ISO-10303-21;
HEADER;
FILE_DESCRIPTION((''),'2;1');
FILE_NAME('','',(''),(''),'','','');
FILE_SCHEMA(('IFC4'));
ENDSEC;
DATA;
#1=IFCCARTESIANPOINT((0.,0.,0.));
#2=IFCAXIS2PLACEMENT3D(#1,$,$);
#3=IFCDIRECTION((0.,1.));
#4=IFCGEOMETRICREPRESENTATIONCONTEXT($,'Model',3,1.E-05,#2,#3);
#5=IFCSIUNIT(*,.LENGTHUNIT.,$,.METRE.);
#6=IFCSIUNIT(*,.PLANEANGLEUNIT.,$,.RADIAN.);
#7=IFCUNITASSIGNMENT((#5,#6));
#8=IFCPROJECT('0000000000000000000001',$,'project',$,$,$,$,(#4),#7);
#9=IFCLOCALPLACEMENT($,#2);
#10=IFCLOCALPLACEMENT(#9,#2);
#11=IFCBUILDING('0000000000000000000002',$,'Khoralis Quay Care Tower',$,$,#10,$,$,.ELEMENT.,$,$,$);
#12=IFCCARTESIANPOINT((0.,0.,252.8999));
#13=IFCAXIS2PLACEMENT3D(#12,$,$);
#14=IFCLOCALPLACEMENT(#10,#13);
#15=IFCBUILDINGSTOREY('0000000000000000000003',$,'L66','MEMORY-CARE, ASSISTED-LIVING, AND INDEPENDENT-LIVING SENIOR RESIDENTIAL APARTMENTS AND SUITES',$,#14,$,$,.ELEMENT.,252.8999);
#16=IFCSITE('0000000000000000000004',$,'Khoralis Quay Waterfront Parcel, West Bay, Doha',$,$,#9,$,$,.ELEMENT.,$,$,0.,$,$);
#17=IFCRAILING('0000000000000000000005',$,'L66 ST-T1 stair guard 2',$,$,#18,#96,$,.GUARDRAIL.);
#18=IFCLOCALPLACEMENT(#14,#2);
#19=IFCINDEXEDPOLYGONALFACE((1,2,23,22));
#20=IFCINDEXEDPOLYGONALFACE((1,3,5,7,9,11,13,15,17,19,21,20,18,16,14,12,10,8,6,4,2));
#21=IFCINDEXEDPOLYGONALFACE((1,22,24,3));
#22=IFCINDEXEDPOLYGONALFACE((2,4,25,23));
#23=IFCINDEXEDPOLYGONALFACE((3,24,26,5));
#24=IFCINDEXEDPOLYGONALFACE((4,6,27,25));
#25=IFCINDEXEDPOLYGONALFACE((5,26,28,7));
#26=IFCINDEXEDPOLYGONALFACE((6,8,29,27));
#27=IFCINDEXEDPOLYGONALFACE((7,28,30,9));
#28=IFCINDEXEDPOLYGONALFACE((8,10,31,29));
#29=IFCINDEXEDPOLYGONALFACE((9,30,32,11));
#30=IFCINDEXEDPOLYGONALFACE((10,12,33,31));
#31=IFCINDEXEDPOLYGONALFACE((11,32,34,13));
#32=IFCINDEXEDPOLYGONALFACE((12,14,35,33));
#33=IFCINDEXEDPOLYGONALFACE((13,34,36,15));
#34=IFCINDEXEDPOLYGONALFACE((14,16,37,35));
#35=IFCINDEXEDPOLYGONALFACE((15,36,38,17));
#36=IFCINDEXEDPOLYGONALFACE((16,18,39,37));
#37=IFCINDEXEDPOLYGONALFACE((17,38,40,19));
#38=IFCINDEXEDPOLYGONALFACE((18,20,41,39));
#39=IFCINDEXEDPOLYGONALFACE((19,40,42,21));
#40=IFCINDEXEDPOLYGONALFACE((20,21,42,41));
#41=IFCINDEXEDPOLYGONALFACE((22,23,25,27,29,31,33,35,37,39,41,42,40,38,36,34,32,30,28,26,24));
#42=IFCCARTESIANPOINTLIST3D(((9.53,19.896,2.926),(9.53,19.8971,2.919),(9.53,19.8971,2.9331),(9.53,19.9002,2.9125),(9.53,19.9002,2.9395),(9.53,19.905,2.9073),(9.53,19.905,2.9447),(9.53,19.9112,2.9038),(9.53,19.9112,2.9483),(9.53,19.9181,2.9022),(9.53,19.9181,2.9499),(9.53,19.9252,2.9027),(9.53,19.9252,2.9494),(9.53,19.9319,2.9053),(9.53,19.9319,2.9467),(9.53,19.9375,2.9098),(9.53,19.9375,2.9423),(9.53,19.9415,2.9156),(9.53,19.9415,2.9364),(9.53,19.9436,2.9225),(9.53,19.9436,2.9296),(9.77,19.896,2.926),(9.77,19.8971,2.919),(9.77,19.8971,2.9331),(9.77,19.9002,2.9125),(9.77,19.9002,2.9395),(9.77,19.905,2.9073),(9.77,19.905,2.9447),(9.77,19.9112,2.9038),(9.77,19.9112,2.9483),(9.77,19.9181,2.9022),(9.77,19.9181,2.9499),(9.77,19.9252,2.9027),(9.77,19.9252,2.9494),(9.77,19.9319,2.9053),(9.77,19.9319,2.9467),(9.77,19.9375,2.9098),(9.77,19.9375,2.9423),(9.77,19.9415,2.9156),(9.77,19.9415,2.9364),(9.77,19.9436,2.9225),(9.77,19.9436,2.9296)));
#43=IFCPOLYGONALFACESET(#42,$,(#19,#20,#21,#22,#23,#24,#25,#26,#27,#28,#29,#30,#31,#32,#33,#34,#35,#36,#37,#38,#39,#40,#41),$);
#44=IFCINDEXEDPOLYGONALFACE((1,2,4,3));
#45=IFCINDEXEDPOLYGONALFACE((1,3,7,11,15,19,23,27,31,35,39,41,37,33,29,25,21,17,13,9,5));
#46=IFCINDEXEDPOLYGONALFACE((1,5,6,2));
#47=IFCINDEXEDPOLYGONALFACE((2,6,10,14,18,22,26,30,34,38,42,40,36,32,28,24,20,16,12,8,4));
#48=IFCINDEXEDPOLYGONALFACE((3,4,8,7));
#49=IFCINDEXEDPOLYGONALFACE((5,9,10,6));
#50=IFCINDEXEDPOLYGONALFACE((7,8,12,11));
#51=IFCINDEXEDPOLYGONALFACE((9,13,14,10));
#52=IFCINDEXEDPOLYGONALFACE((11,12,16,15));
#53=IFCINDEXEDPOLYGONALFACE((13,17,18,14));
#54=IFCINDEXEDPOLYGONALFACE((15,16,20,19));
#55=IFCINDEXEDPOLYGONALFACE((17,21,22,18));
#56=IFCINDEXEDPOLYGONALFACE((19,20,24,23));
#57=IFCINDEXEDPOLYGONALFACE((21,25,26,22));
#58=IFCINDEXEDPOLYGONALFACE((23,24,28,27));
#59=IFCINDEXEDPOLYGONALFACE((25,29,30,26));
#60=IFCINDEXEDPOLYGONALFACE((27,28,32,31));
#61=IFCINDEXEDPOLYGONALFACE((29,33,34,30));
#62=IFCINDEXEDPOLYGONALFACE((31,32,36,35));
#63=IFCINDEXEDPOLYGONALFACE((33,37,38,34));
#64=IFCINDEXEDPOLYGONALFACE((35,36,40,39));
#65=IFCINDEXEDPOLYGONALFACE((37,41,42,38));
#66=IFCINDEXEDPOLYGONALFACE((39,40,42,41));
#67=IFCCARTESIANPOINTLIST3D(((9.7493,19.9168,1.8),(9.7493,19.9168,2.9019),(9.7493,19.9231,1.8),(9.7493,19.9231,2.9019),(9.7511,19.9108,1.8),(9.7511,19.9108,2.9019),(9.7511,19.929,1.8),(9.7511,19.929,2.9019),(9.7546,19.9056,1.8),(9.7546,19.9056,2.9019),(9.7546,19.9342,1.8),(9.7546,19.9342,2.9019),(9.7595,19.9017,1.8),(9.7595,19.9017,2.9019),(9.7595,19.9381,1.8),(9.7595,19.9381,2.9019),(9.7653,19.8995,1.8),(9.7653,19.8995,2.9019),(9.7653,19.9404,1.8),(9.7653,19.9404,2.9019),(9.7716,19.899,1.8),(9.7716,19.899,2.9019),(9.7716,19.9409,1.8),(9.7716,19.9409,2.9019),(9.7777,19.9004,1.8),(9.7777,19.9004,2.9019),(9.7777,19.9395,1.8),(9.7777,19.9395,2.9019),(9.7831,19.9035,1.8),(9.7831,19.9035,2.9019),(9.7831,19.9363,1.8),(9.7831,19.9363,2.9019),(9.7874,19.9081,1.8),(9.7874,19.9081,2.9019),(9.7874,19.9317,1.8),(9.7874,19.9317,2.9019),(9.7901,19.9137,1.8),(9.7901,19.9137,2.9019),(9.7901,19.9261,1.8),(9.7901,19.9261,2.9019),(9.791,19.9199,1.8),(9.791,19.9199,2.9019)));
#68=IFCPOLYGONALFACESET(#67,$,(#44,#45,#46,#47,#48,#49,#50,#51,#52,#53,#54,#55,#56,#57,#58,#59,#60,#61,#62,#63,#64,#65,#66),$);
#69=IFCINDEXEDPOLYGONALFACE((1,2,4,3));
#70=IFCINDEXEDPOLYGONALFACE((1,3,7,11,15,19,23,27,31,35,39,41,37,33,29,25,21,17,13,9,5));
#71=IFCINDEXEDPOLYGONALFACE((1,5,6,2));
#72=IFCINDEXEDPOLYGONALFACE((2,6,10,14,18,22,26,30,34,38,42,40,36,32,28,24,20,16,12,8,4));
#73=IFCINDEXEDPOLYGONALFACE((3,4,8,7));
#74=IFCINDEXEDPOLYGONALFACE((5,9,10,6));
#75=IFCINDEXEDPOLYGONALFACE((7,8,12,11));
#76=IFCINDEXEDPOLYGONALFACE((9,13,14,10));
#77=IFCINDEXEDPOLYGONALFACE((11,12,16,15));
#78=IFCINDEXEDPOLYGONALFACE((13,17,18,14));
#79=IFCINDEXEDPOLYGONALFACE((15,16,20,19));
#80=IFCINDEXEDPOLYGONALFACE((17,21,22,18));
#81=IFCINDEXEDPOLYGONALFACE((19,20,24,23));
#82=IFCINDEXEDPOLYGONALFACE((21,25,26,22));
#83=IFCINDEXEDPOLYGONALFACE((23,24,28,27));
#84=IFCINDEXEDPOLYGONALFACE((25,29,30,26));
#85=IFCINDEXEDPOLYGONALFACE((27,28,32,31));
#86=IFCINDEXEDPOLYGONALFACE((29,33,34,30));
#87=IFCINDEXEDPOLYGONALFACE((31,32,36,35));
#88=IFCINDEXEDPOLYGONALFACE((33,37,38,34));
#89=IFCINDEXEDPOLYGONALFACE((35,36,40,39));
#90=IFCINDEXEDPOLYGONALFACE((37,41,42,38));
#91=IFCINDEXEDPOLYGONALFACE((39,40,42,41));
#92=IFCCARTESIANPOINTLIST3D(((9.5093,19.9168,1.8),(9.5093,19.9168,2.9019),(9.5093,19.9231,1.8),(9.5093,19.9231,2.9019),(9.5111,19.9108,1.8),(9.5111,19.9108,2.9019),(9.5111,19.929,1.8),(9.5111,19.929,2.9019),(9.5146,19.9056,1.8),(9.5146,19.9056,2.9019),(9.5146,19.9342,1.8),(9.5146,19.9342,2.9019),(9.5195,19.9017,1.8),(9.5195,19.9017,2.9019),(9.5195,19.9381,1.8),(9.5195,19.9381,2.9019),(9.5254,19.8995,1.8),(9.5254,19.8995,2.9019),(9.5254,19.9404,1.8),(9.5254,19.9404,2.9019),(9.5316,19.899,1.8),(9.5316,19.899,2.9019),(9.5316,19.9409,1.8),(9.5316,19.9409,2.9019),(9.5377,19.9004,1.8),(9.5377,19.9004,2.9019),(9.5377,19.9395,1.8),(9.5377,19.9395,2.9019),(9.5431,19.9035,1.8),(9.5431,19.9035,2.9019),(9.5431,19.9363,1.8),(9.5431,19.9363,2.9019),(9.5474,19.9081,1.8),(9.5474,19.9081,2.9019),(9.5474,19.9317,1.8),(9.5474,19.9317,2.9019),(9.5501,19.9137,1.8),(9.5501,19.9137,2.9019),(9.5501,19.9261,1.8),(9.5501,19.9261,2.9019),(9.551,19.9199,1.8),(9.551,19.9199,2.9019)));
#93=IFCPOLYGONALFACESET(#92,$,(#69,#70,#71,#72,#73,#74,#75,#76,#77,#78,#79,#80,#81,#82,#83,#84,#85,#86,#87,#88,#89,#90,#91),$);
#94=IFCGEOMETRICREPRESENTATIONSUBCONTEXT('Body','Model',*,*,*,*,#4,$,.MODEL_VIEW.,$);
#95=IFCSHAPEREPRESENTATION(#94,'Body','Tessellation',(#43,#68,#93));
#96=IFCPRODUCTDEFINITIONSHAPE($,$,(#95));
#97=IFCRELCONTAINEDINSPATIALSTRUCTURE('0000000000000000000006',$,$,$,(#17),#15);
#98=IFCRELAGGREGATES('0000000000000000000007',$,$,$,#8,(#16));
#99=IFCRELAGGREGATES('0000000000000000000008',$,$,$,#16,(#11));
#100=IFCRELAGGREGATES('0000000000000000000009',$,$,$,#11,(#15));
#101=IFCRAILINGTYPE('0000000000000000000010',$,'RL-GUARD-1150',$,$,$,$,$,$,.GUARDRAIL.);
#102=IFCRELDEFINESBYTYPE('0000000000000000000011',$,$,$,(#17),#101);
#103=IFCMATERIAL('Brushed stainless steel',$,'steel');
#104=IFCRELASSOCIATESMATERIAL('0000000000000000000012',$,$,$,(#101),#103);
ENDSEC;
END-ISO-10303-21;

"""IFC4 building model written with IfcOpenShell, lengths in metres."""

from ifc_helpers import new_model, si_unit, direction, frame, origin, origin_2d, place, context, subcontext, project, spatial, circle, extrude, material, type_object, element, save


model = new_model("IFC4")

# Units and contexts
model_context = context("Model", 3, precision=1e-05, world=origin(), true_north=direction((0.0, 1.0)))
body_context = subcontext(model_context, "Body", "Model", "MODEL_VIEW")
ifc_project = project(units=[si_unit("LENGTHUNIT", "METRE"), si_unit("PLANEANGLEUNIT", "RADIAN")], contexts=[model_context])

# Site, building, storey
site_placement = place(None, origin())
site = spatial("IfcSite", under=ifc_project, at=site_placement, Name="Khoralis Quay Waterfront Parcel, West Bay, Doha", CompositionType="ELEMENT", RefElevation=0.0)
building_placement = place(site_placement, origin())
building = spatial("IfcBuilding", under=site, at=building_placement, Name="Khoralis Quay Care Tower", CompositionType="ELEMENT")
storey_placement = place(building_placement, frame((0.0, 0.0, 252.8999)))
storey = spatial("IfcBuildingStorey", under=building, at=storey_placement, Name="L66", Description="MEMORY-CARE, ASSISTED-LIVING, AND INDEPENDENT-LIVING SENIOR RESIDENTIAL APARTMENTS AND SUITES", CompositionType="ELEMENT", Elevation=252.8999)

# Railing
ifc_material_1 = material(Name="Brushed stainless steel", Category="steel")
railing_type_1 = type_object("IfcRailingType", Name="RL-GUARD-1150", PredefinedType="GUARDRAIL", material=ifc_material_1)
railing_1_placement = place(storey_placement, frame((9.77, 19.9199, 1.8)))
element("IfcRailing", 1, at=railing_1_placement, inside=storey, type_object=railing_type_1, Name="L66 ST-T1 stair guard 2", PredefinedType="GUARDRAIL", context=body_context, shape_type="SweptSolid", body=[
    extrude(circle(Radius=0.0239, at=origin_2d()), frame((0.0, 0.0, 1.126), z_axis=(-1.0, 0.0, 0.0), x_axis=(0.0, -1.0, 0.0)), (0.0, 0.0, 1.0), 0.24),
    extrude(circle(Radius=0.021, at=origin_2d()), origin(), (0.0, 0.0, 1.0), 1.1018),
    extrude(circle(Radius=0.021, at=origin_2d()), frame((-0.24, 0.0, 0.0)), (0.0, 0.0, 1.0), 1.1018),
])

save(model, "model.ifc")
